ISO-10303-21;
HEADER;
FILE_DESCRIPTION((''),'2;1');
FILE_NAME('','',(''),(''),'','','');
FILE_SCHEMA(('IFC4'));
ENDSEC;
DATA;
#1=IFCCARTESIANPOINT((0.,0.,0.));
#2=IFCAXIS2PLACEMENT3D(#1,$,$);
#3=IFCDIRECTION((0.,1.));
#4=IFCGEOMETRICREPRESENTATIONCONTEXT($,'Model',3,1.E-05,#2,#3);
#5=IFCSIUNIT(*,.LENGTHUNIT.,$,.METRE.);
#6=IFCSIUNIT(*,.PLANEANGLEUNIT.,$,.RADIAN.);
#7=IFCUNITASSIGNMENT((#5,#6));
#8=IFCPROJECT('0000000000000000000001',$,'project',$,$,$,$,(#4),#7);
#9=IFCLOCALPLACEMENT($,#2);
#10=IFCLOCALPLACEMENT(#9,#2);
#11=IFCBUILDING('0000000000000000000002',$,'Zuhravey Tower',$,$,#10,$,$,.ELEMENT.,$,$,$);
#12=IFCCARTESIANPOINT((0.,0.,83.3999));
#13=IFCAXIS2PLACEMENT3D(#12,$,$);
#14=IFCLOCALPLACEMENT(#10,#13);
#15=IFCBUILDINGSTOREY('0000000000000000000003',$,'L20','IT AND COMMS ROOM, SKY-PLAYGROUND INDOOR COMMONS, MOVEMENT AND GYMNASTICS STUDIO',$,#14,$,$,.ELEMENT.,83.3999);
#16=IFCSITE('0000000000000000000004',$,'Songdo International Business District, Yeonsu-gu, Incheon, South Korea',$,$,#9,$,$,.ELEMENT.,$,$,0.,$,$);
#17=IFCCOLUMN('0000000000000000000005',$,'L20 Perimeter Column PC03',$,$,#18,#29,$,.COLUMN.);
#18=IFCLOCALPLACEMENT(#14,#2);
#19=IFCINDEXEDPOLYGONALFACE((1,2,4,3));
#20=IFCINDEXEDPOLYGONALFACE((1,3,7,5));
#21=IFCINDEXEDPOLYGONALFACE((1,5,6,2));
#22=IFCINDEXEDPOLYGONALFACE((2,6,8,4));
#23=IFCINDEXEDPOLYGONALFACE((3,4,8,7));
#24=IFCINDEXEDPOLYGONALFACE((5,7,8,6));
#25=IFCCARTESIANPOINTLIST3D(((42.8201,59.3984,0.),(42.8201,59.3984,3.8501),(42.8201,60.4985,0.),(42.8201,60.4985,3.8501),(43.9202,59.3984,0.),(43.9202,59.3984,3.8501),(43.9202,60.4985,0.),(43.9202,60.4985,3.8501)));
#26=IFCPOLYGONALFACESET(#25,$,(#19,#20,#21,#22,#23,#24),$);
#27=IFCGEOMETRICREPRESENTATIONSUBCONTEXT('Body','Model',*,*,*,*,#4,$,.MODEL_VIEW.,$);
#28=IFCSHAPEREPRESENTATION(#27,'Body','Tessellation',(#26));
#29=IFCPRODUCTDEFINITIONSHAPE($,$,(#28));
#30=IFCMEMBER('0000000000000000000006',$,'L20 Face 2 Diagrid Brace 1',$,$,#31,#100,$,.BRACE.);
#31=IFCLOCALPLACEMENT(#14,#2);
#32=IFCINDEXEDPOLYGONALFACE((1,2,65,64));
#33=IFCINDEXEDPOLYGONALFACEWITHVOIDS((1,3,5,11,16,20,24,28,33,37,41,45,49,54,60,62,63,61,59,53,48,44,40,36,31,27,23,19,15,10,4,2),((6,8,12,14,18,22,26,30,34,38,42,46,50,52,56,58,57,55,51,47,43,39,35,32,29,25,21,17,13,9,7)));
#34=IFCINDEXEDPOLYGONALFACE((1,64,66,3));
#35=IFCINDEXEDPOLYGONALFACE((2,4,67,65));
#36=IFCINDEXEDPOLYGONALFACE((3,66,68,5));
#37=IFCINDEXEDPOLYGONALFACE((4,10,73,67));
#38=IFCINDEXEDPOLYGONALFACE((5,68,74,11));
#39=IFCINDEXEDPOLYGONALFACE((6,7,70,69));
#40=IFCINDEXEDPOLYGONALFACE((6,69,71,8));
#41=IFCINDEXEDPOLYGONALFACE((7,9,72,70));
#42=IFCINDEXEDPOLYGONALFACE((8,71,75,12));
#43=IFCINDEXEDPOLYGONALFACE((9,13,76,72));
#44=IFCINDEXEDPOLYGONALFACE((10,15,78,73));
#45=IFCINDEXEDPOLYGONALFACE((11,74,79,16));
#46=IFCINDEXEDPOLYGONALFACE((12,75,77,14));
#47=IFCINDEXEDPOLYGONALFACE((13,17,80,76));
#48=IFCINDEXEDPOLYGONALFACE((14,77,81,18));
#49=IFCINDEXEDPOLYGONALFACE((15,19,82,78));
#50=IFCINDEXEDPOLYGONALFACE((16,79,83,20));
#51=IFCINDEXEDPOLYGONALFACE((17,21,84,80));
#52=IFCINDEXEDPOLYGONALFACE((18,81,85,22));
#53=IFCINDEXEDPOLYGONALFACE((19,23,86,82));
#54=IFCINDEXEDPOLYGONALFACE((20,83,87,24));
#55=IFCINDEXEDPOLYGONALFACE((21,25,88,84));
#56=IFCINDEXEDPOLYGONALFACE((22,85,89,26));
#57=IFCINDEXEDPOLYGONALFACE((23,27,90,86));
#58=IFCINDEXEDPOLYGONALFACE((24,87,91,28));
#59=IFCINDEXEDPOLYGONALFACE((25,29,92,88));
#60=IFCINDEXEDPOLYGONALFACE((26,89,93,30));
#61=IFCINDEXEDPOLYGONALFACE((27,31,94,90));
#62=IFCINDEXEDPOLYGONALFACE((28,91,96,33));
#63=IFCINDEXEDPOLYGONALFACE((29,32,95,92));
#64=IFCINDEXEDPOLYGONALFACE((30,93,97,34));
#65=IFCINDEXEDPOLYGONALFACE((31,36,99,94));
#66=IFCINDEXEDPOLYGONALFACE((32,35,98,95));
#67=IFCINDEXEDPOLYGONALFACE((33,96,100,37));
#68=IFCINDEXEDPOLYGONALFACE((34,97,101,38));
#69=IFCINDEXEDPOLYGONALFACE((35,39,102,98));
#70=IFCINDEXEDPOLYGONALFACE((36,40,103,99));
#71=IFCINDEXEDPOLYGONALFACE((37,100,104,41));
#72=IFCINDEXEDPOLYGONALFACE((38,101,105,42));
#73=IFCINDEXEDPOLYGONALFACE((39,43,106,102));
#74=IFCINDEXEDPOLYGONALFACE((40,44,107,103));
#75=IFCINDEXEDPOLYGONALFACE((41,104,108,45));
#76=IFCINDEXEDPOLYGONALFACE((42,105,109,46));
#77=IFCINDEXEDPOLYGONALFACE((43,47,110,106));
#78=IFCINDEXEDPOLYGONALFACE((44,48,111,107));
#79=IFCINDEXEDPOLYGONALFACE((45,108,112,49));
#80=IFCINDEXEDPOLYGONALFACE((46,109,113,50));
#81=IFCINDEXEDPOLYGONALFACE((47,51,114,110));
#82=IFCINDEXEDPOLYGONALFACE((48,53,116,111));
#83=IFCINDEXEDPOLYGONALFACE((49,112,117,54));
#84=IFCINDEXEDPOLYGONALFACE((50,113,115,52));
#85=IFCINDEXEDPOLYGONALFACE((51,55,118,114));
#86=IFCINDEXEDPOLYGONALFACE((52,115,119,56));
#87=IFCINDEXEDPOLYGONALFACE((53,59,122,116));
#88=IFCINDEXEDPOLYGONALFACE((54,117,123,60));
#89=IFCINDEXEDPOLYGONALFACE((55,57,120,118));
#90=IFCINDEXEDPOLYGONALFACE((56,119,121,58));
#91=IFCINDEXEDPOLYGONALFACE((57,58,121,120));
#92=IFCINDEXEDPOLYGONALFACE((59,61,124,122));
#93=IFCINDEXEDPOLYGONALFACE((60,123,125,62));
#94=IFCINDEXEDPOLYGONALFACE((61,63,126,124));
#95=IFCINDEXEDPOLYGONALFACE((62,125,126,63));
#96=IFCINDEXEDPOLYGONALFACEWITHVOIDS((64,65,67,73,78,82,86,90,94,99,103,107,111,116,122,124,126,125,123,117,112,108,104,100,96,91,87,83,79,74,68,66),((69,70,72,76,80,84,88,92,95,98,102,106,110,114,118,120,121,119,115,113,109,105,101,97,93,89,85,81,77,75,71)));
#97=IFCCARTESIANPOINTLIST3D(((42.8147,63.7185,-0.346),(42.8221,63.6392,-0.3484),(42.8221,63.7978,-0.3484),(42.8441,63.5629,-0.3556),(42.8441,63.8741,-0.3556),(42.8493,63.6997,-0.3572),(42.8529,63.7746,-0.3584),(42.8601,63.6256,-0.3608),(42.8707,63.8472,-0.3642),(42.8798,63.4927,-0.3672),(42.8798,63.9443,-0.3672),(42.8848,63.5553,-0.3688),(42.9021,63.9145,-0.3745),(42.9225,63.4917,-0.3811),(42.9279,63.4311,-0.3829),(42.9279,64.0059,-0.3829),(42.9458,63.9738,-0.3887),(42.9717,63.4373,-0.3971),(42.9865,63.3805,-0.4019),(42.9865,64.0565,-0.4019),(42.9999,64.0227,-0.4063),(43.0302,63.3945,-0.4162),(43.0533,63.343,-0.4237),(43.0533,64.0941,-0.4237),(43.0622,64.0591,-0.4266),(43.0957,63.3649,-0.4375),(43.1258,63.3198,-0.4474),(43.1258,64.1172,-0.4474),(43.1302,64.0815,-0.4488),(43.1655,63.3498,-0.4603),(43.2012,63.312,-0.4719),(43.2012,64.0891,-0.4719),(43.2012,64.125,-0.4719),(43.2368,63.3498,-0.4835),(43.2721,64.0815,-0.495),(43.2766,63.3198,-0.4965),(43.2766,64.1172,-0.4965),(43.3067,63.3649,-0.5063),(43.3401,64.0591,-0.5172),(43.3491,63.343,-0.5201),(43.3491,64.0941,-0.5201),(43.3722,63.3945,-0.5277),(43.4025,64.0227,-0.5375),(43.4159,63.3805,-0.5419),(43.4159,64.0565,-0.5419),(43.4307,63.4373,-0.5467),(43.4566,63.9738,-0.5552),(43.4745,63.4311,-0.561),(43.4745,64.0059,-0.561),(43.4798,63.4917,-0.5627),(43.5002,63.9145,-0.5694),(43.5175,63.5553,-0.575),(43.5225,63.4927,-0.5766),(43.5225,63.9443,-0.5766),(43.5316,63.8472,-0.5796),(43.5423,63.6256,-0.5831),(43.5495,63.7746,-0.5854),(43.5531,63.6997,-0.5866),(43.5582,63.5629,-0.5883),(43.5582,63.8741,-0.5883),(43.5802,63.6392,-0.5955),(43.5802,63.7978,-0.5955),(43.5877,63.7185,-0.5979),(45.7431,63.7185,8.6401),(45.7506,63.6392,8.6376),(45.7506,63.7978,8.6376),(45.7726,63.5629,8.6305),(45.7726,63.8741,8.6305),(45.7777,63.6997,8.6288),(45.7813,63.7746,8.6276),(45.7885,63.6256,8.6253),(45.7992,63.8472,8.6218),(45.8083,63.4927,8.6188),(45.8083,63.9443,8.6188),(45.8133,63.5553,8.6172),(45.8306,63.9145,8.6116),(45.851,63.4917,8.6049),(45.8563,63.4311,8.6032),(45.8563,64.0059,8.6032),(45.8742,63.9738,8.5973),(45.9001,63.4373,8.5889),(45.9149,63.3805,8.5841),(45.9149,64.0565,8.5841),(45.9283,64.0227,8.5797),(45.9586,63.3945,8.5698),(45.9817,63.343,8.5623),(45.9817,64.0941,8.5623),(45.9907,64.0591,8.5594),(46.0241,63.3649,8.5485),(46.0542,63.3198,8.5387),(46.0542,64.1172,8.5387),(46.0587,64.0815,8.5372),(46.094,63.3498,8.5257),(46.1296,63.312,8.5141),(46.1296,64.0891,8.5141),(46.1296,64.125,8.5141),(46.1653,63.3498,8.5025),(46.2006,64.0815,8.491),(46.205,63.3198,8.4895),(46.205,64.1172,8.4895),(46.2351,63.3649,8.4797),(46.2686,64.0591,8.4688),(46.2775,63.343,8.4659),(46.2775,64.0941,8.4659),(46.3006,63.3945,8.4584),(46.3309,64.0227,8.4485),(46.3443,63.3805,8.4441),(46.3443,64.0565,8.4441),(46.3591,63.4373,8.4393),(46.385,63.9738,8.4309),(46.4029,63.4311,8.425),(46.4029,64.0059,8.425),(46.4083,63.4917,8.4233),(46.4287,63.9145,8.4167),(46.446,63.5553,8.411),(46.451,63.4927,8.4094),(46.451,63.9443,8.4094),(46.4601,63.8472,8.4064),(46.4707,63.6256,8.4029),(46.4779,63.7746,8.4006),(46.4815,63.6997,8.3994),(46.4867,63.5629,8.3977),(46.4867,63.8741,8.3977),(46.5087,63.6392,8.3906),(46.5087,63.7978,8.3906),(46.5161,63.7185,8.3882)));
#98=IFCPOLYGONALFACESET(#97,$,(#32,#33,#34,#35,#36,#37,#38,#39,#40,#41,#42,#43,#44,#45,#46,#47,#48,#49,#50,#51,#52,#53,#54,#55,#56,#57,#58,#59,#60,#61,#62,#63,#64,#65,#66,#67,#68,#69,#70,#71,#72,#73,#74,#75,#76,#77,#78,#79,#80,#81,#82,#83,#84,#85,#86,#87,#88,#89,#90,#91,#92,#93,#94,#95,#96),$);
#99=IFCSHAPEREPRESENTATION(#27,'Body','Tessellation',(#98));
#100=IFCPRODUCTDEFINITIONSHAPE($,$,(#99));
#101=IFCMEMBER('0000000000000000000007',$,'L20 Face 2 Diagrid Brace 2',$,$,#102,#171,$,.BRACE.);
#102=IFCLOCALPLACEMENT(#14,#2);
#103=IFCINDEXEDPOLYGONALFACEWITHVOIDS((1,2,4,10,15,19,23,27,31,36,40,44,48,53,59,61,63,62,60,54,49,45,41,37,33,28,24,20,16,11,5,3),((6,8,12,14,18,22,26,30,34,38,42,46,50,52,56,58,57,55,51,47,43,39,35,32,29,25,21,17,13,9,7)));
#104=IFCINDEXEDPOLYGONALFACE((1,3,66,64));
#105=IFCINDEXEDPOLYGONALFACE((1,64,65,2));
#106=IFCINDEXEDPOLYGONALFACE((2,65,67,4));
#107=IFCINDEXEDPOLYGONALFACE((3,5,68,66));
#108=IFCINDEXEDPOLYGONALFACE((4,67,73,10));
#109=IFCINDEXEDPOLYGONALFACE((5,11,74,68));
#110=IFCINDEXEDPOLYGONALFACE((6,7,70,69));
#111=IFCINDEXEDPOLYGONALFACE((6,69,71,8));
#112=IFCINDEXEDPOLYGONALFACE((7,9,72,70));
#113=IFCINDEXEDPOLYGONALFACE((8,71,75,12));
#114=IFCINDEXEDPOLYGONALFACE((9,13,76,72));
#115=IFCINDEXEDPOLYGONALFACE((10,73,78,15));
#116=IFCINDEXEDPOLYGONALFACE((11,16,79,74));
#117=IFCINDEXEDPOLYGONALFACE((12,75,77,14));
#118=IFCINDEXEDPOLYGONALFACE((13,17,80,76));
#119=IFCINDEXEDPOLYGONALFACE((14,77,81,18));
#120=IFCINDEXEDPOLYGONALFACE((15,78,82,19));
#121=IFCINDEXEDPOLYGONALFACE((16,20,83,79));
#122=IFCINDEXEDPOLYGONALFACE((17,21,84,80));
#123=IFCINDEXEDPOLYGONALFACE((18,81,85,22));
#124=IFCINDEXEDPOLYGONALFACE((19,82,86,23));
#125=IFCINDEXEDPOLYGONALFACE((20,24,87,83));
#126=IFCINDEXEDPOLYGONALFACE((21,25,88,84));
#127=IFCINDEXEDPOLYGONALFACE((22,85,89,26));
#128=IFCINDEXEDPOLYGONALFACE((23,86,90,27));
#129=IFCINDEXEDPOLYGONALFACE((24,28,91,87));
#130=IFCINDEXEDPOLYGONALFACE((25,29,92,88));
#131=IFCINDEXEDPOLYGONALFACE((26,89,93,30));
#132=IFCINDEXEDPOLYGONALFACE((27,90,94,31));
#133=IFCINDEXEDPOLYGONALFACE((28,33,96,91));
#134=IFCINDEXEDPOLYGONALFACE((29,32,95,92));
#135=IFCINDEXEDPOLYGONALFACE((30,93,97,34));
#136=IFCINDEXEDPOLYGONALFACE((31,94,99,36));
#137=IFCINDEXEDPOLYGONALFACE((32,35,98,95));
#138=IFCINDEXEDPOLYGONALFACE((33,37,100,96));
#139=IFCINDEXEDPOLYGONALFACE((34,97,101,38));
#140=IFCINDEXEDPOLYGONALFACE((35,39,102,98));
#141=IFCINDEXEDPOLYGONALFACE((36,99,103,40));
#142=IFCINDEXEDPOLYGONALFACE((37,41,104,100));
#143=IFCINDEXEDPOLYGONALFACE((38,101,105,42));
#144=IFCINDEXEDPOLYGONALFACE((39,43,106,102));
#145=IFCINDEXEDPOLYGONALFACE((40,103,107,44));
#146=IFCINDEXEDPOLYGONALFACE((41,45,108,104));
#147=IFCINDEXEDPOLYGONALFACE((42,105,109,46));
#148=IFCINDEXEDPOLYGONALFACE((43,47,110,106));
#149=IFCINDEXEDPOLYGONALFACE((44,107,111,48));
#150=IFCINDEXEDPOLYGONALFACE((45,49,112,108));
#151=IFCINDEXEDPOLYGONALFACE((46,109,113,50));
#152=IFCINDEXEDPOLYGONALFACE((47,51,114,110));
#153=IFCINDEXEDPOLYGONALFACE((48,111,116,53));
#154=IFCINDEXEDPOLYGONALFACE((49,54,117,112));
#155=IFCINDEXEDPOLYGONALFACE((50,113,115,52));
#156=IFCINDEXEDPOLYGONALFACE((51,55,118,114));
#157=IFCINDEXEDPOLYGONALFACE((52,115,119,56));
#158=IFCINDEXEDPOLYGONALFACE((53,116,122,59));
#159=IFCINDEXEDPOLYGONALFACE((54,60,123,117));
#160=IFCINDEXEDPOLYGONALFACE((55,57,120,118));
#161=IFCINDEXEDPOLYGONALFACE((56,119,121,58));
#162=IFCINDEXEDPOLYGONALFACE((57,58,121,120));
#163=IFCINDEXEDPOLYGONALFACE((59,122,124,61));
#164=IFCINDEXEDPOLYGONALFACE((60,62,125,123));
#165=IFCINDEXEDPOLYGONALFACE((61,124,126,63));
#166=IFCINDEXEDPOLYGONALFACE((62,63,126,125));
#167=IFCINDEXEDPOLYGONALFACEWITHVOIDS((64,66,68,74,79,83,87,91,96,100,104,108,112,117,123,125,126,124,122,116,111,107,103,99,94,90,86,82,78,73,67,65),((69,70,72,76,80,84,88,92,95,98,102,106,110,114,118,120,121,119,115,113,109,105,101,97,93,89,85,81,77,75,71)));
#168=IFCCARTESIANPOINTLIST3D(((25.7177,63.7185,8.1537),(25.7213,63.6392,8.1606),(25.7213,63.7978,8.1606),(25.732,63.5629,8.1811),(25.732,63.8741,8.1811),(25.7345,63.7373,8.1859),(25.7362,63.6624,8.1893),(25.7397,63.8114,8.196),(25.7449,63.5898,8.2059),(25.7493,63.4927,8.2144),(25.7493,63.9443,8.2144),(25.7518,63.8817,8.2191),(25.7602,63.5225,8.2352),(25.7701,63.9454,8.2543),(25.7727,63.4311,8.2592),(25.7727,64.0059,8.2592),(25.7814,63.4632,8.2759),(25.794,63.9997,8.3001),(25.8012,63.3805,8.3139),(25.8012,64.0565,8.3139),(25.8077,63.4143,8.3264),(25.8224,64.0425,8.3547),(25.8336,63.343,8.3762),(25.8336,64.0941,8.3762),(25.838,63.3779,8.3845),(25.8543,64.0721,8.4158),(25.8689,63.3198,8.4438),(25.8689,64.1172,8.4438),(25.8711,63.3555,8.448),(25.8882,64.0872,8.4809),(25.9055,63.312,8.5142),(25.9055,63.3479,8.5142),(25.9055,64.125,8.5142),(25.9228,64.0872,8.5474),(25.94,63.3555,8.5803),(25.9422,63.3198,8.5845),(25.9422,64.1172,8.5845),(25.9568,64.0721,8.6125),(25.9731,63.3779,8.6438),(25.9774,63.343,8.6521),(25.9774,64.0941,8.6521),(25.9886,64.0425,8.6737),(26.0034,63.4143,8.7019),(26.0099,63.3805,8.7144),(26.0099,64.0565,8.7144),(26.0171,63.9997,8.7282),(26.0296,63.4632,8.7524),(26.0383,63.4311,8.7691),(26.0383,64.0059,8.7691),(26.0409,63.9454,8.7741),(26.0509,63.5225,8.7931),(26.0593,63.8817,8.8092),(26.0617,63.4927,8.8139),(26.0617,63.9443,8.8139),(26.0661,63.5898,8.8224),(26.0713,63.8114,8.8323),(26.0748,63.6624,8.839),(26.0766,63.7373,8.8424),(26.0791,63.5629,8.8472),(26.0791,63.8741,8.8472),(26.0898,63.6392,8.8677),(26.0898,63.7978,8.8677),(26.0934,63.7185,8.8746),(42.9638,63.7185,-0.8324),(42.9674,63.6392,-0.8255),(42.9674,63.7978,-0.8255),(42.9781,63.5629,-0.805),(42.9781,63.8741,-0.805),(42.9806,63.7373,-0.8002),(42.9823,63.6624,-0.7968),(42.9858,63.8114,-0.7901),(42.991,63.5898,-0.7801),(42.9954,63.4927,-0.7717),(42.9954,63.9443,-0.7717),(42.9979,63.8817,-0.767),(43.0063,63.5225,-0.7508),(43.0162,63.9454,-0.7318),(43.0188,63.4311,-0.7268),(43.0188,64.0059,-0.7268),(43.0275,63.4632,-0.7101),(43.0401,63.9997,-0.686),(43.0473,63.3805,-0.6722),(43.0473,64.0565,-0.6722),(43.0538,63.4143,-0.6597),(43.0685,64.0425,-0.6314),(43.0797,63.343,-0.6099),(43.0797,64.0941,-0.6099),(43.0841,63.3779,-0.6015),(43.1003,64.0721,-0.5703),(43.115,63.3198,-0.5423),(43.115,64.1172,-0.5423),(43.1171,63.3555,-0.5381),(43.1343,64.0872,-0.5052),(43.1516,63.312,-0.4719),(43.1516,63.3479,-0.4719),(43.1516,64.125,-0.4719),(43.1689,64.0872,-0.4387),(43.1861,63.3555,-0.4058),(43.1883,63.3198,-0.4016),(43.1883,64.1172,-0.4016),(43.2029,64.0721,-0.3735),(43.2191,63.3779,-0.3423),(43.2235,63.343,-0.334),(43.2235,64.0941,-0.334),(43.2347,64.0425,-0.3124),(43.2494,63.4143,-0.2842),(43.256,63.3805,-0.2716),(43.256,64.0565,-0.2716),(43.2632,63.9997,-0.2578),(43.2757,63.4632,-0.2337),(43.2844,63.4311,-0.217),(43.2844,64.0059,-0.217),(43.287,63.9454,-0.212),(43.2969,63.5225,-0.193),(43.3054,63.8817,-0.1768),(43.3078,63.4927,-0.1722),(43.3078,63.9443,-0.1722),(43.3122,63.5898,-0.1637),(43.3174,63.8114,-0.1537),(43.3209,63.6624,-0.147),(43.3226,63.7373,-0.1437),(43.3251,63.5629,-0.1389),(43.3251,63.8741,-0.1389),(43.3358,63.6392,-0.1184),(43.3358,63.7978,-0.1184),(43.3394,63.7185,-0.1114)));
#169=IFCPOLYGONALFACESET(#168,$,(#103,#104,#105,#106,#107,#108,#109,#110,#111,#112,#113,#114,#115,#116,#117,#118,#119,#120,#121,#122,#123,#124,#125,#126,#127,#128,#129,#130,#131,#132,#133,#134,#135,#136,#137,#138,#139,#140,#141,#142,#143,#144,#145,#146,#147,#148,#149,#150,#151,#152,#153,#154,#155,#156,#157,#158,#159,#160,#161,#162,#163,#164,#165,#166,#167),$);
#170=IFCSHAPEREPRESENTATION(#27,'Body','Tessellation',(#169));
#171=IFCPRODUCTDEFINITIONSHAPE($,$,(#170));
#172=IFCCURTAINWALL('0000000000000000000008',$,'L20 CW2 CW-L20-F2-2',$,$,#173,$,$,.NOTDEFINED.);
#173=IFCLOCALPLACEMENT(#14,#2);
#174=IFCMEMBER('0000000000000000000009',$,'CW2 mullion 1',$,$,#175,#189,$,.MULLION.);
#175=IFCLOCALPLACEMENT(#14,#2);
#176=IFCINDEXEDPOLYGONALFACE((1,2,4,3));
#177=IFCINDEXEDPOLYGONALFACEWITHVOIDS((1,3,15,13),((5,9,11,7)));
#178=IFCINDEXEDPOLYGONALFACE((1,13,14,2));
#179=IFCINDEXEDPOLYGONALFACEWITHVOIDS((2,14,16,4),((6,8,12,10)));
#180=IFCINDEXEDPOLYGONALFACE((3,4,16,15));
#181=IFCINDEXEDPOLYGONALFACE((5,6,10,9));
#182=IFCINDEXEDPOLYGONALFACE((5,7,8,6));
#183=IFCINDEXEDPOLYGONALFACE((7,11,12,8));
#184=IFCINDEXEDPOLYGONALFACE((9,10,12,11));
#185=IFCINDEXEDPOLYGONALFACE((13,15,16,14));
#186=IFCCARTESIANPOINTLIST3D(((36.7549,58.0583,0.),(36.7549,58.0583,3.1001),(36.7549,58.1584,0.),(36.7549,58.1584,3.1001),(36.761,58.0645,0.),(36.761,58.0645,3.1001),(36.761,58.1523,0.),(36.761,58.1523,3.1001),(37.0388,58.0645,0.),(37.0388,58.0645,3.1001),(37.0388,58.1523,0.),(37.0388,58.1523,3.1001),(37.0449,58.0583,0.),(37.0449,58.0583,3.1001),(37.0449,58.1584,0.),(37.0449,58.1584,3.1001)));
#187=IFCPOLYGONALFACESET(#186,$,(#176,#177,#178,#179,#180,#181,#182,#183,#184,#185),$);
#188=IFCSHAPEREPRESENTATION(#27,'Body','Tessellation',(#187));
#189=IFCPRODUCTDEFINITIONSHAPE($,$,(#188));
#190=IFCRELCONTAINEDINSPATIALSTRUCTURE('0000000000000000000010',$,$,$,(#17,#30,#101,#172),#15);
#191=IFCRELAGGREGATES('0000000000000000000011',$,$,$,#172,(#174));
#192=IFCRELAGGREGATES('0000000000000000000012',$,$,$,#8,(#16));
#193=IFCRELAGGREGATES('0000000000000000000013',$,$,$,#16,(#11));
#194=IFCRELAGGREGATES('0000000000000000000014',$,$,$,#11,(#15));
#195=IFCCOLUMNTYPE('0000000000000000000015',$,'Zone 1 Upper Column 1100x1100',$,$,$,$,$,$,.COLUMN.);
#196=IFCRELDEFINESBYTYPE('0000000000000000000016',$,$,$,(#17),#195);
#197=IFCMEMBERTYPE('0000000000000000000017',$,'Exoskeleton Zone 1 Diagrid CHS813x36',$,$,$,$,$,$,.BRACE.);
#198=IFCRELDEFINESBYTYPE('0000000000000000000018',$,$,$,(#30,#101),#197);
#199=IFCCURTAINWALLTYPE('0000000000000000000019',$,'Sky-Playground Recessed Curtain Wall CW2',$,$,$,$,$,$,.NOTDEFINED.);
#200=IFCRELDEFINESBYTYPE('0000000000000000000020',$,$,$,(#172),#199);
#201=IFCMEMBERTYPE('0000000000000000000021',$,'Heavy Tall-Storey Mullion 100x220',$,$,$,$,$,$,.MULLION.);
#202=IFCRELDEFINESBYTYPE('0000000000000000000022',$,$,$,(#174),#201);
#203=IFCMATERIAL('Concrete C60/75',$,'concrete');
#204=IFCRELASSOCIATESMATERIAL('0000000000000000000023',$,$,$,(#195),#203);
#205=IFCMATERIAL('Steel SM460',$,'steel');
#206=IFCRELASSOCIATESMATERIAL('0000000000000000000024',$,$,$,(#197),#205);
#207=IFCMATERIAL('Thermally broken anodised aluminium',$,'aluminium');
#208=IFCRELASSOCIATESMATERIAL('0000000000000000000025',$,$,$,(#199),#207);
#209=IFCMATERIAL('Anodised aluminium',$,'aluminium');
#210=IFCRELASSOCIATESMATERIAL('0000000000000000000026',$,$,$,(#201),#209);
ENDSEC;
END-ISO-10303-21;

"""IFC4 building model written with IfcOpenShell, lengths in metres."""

from ifc_helpers import new_model, si_unit, direction, frame, origin, origin_2d, place, context, subcontext, project, spatial, rectangle, hollow_rectangle, hollow_circle, extrude, material, material_profile, profile_set, type_object, element, aggregate, save


model = new_model("IFC4")

# Units and contexts
model_context = context("Model", 3, precision=1e-05, world=origin(), true_north=direction((0.0, 1.0)))
body_context = subcontext(model_context, "Body", "Model", "MODEL_VIEW")
ifc_project = project(units=[si_unit("LENGTHUNIT", "METRE"), si_unit("PLANEANGLEUNIT", "RADIAN")], contexts=[model_context])

# Site, building, storey
site_placement = place(None, origin())
site = spatial("IfcSite", under=ifc_project, at=site_placement, Name="Songdo International Business District, Yeonsu-gu, Incheon, South Korea", CompositionType="ELEMENT", RefElevation=0.0)
building_placement = place(site_placement, origin())
building = spatial("IfcBuilding", under=site, at=building_placement, Name="Zuhravey Tower", CompositionType="ELEMENT")
storey_placement = place(building_placement, frame((0.0, 0.0, 83.3999)))
storey = spatial("IfcBuildingStorey", under=building, at=storey_placement, Name="L20", Description="IT AND COMMS ROOM, SKY-PLAYGROUND INDOOR COMMONS, MOVEMENT AND GYMNASTICS STUDIO", CompositionType="ELEMENT", Elevation=83.3999)

# Column
ifc_material_1 = material(Name="Concrete C60/75", Category="concrete")
ifc_material_profile_1 = material_profile(ifc_material_1, rectangle(XDim=1.1001, YDim=1.1001, at=origin_2d()), Name="RC-1100x1100")
ifc_profile_set_1 = profile_set([ifc_material_profile_1], Name="Concrete C60/75")
column_type = type_object("IfcColumnType", Name="Zone 1 Upper Column 1100x1100", PredefinedType="COLUMN", material=ifc_profile_set_1)
column_placement = place(storey_placement, frame((43.3701, 59.9485, 0.0), z_axis=(0.0, 0.0, 1.0), x_axis=(-1.0, 0.0, 0.0)))
element("IfcColumn", 1, at=column_placement, inside=storey, type_object=column_type, Name="L20 Perimeter Column PC03", PredefinedType="COLUMN", context=body_context, shape_type="SweptSolid", body=[
    extrude(rectangle(XDim=1.1001, YDim=1.1001, at=origin_2d()), origin(), (0.0, 0.0, 1.0), 3.8501),
])

# Members
ifc_material_2 = material(Name="Steel SM460", Category="steel")
ifc_material_profile_2 = material_profile(ifc_material_2, hollow_circle(Radius=0.4065, WallThickness=0.0359, at=origin_2d()), Name="CHS-812.8x36")
ifc_profile_set_2 = profile_set([ifc_material_profile_2], Name="Steel SM460")
member_type_1 = type_object("IfcMemberType", Name="Exoskeleton Zone 1 Diagrid CHS813x36", PredefinedType="BRACE", material=ifc_profile_set_2)
member_1_placement = place(storey_placement, frame((43.2012, 63.7185, -0.4719), z_axis=(0.309851, 0.0, 0.950785), x_axis=(0.0, 1.0, 0.0)))
element("IfcMember", 2, at=member_1_placement, inside=storey, type_object=member_type_1, Name="L20 Face 2 Diagrid Brace 1", PredefinedType="BRACE", context=body_context, shape_type="SweptSolid", body=[
    extrude(hollow_circle(Radius=0.4065, WallThickness=0.0359, at=origin_2d()), origin(), (0.0, 0.0, 1.0), 9.4512),
])
member_2_placement = place(storey_placement, frame((43.1516, 63.7185, -0.4719), z_axis=(-0.886835, 0.0, 0.462086), x_axis=(0.0, -1.0, 0.0)))
element("IfcMember", 3, at=member_2_placement, inside=storey, type_object=member_type_1, Name="L20 Face 2 Diagrid Brace 2", PredefinedType="BRACE", context=body_context, shape_type="SweptSolid", body=[
    extrude(hollow_circle(Radius=0.4065, WallThickness=0.0359, at=origin_2d()), origin(), (0.0, 0.0, 1.0), 19.4468),
])

# Curtain wall, member
ifc_material_3 = material(Name="Thermally broken anodised aluminium", Category="aluminium")
curtain_wall_type = type_object("IfcCurtainWallType", Name="Sky-Playground Recessed Curtain Wall CW2", PredefinedType="NOTDEFINED", material=ifc_material_3)
curtain_wall_placement = place(storey_placement, origin())
curtain_wall = element("IfcCurtainWall", 4, at=curtain_wall_placement, inside=storey, type_object=curtain_wall_type, Name="L20 CW2 CW-L20-F2-2", PredefinedType="NOTDEFINED")
ifc_material_4 = material(Name="Anodised aluminium", Category="aluminium")
ifc_material_profile_3 = material_profile(ifc_material_4, hollow_rectangle(XDim=0.1001, YDim=0.29, WallThickness=0.0061, at=origin_2d()), Name="ALU-RHS-100x290x6")
ifc_profile_set_3 = profile_set([ifc_material_profile_3], Name="Anodised aluminium")
member_type_2 = type_object("IfcMemberType", Name="Heavy Tall-Storey Mullion 100x220", PredefinedType="MULLION", material=ifc_profile_set_3)
member_3_placement = place(storey_placement, frame((36.8999, 58.1084, 0.0), z_axis=(0.0, 0.0, 1.0), x_axis=(0.0, 1.0, 0.0)))
member_3 = element("IfcMember", 5, at=member_3_placement, type_object=member_type_2, Name="CW2 mullion 1", PredefinedType="MULLION", context=body_context, shape_type="SweptSolid", body=[
    extrude(hollow_rectangle(XDim=0.1001, YDim=0.29, WallThickness=0.0061, at=origin_2d()), origin(), (0.0, 0.0, 1.0), 3.1001),
])

aggregate(curtain_wall, [member_3])

save(model, "model.ifc")
